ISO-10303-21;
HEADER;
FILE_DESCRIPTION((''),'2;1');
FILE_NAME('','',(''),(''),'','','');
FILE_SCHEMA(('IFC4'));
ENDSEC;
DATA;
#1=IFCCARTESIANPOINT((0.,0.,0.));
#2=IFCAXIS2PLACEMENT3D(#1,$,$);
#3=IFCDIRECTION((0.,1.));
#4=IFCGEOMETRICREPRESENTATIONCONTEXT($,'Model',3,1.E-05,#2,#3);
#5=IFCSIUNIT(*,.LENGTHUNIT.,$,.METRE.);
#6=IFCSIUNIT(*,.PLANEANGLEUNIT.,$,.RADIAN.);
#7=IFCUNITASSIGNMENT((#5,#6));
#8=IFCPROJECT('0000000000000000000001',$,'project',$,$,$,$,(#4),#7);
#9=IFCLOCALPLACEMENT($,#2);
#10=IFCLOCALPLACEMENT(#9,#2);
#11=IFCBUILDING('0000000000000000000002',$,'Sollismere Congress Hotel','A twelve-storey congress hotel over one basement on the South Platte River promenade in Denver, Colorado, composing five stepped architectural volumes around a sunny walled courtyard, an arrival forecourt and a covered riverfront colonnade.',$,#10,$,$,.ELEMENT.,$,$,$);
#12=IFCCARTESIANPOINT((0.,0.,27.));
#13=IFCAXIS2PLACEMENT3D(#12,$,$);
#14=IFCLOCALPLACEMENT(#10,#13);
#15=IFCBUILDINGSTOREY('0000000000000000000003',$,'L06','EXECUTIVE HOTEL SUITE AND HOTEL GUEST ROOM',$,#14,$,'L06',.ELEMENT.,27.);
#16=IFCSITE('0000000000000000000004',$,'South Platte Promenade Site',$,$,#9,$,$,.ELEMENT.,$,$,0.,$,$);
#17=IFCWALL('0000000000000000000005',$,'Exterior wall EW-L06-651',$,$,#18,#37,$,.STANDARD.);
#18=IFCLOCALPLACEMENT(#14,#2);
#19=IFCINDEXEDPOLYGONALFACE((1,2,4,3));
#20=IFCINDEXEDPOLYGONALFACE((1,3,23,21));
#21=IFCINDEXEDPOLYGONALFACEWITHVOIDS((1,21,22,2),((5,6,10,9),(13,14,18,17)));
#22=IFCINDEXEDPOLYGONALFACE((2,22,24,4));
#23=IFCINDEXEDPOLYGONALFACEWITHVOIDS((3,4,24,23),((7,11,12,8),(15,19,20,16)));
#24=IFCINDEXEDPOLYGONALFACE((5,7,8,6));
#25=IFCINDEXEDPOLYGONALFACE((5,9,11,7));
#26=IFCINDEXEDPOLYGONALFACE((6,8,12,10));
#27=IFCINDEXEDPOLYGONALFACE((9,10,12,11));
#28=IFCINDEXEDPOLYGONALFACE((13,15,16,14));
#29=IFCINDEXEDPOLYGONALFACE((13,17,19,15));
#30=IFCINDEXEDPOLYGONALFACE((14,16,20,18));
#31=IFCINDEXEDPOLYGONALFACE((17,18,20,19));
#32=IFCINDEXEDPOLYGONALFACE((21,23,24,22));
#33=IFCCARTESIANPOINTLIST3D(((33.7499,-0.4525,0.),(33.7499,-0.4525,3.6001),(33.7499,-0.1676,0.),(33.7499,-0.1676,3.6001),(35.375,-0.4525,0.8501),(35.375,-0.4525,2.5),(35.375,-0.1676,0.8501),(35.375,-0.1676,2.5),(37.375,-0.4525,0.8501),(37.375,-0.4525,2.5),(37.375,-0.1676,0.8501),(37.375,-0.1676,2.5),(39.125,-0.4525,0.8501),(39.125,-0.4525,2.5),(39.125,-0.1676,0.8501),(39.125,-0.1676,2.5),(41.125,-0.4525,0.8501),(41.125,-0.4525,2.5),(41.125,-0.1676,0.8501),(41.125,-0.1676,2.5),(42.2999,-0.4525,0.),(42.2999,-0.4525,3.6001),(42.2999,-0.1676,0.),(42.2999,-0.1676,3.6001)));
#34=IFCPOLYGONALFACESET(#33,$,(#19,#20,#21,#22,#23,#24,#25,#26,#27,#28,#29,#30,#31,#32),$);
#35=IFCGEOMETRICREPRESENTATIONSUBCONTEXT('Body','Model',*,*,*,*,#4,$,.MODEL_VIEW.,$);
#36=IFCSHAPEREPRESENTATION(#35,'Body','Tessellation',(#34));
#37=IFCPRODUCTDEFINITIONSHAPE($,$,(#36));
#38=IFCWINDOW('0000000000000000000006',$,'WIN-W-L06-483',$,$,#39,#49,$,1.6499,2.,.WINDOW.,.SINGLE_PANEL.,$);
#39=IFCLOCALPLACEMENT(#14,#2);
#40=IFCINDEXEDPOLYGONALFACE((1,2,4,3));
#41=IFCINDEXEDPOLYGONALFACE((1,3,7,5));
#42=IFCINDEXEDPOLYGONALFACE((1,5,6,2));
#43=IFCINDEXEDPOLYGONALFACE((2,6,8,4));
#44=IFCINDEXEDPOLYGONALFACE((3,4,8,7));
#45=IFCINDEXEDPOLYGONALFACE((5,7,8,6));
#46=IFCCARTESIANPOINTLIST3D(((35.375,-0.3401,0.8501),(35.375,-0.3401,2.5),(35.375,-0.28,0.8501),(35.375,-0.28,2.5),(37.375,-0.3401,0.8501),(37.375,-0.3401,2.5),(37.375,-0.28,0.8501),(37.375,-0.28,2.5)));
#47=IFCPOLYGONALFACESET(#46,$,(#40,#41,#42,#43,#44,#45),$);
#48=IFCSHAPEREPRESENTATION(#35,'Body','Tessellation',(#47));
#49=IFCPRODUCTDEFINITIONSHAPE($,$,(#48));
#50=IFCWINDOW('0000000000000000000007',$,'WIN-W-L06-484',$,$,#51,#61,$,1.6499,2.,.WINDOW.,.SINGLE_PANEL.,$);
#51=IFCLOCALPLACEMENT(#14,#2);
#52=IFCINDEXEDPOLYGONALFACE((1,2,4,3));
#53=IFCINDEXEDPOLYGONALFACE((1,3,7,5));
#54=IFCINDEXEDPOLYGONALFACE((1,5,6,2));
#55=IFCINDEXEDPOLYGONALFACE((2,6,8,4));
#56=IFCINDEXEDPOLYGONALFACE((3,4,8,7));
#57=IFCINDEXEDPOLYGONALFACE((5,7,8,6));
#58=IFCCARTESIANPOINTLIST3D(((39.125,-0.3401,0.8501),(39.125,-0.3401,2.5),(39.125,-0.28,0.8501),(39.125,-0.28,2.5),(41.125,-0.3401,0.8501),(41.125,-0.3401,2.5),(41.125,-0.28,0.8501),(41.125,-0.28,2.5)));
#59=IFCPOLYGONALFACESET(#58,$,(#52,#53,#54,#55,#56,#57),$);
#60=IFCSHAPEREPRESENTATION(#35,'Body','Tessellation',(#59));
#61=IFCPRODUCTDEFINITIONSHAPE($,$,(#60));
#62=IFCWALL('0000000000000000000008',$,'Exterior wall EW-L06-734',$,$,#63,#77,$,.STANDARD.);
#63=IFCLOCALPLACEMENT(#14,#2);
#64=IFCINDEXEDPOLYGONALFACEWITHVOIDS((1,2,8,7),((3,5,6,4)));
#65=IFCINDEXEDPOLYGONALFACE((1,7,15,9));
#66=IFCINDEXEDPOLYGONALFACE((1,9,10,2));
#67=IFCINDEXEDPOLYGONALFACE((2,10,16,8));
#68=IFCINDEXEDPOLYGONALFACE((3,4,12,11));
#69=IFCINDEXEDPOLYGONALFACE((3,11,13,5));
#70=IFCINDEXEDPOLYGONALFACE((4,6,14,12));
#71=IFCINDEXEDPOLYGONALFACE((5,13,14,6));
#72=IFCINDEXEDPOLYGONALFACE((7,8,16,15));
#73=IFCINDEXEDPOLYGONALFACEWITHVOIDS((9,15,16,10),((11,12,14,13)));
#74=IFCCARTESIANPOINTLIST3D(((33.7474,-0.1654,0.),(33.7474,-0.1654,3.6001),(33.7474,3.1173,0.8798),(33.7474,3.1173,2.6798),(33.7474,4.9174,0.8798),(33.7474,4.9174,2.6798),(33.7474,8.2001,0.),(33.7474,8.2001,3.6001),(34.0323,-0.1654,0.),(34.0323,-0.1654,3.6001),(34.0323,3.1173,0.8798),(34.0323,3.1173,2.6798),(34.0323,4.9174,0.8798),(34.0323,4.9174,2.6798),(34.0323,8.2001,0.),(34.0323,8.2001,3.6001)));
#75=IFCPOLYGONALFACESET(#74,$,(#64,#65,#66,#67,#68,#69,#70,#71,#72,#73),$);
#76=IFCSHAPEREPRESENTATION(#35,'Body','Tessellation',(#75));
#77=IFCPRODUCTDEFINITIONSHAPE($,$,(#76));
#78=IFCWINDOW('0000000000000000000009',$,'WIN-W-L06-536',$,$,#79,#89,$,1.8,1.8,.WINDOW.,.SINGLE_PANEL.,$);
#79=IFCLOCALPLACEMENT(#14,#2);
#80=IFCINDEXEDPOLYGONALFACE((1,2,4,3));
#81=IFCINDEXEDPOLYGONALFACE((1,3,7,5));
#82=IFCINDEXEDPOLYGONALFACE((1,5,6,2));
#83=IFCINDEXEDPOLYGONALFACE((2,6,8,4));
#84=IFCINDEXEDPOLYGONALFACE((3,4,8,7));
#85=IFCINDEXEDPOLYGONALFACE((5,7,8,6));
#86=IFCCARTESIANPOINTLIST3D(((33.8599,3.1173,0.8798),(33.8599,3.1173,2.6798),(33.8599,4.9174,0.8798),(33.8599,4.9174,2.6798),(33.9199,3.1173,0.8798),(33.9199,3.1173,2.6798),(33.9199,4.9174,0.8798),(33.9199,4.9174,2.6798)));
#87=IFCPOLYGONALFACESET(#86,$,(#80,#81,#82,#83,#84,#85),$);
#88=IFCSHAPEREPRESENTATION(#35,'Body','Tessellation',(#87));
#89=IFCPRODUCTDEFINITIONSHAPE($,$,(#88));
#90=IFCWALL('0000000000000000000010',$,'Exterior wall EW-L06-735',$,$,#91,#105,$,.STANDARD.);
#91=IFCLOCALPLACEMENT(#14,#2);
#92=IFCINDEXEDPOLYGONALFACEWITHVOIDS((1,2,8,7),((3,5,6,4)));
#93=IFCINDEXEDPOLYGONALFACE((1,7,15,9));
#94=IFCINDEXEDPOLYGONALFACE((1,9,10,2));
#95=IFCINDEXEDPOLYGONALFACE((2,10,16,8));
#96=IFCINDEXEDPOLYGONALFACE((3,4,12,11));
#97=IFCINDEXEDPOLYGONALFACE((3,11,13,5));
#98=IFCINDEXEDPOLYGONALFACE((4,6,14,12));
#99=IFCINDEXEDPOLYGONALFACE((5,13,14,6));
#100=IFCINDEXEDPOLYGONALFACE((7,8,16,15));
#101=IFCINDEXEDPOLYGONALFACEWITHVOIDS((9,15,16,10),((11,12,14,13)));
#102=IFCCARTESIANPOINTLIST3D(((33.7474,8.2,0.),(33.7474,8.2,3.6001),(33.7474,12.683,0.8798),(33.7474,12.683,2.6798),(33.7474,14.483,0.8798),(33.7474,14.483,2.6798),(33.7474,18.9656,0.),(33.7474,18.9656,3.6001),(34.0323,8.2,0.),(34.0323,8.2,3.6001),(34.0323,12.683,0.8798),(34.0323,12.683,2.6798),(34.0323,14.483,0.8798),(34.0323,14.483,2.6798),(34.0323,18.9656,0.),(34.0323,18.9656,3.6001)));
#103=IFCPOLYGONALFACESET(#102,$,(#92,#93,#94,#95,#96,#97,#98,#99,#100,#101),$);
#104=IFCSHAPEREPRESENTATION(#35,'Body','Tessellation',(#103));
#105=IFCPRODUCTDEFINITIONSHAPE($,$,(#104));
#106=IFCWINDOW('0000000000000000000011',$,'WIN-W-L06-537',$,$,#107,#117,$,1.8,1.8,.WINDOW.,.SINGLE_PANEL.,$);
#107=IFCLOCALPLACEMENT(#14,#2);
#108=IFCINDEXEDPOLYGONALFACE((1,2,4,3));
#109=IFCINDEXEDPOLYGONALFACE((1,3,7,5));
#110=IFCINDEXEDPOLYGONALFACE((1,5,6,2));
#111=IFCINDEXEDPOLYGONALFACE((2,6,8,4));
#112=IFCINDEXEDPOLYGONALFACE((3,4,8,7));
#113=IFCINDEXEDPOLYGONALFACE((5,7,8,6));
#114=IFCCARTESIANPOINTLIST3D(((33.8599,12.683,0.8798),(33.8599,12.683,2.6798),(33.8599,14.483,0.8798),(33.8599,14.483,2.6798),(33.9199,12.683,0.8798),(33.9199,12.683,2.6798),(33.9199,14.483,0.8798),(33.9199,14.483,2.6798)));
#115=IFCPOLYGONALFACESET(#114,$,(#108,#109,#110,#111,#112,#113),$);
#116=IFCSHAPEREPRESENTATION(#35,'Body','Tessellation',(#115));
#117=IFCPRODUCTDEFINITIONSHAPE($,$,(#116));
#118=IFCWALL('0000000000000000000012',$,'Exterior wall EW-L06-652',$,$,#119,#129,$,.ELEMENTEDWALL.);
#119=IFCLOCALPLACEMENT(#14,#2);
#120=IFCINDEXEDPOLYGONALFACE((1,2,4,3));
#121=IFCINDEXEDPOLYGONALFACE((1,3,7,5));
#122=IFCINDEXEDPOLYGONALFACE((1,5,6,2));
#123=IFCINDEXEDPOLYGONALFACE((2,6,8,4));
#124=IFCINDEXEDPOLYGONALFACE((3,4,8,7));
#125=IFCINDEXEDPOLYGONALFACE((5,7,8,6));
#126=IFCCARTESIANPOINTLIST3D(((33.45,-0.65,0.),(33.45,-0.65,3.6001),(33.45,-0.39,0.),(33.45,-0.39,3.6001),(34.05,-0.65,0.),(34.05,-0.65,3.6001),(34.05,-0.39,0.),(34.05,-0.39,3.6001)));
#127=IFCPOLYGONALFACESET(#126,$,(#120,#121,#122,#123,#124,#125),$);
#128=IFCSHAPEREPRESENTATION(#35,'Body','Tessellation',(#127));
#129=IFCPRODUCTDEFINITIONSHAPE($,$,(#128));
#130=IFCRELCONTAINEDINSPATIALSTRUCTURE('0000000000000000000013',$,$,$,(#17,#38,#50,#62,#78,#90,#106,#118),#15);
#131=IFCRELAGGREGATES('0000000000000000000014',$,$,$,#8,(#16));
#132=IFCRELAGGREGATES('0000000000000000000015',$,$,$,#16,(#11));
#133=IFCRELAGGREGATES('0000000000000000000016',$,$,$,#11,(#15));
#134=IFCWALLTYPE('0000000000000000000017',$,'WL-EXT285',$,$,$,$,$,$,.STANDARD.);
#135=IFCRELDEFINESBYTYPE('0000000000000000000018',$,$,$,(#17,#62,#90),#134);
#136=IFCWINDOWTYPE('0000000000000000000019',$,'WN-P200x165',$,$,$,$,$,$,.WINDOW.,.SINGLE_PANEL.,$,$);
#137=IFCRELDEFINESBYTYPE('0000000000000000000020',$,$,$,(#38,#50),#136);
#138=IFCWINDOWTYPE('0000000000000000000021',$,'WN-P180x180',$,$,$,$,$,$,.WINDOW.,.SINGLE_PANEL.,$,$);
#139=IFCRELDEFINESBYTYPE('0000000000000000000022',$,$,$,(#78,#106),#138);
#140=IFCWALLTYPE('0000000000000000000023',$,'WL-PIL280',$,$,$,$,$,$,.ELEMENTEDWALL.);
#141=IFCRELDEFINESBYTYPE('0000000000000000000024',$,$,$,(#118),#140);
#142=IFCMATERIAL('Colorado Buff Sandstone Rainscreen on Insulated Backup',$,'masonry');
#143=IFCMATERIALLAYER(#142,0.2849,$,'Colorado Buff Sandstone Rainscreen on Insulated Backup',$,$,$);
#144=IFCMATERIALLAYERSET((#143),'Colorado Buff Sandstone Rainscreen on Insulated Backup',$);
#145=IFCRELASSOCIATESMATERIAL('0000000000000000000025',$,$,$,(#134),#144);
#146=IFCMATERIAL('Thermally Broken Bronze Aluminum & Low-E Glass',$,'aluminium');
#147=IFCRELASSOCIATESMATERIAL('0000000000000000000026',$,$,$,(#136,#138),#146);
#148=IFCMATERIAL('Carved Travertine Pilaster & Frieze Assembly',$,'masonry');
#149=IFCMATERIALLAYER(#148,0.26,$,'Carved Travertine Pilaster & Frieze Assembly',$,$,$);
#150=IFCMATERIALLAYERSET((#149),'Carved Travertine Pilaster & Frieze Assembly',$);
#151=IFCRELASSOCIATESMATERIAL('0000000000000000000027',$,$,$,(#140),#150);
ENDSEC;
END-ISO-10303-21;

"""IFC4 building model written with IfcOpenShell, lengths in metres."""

from ifc_helpers import new_model, si_unit, direction, frame, frame_2d, origin, place, context, subcontext, project, spatial, rectangle, extrude, material, layer, layer_set, type_object, element, fill, save


model = new_model("IFC4")

# Units and contexts
model_context = context("Model", 3, precision=1e-05, world=origin(), true_north=direction((0.0, 1.0)))
body_context = subcontext(model_context, "Body", "Model", "MODEL_VIEW")
ifc_project = project(units=[si_unit("LENGTHUNIT", "METRE"), si_unit("PLANEANGLEUNIT", "RADIAN")], contexts=[model_context])

# Site, building, storey
site_placement = place(None, origin())
site = spatial("IfcSite", under=ifc_project, at=site_placement, Name="South Platte Promenade Site", CompositionType="ELEMENT", RefElevation=0.0)
building_placement = place(site_placement, origin())
building = spatial("IfcBuilding", under=site, at=building_placement, Name="Sollismere Congress Hotel", Description="A twelve-storey congress hotel over one basement on the South Platte River promenade in Denver, Colorado, composing five stepped architectural volumes around a sunny walled courtyard, an arrival forecourt and a covered riverfront colonnade.", CompositionType="ELEMENT")
storey_placement = place(building_placement, frame((0.0, 0.0, 27.0)))
storey = spatial("IfcBuildingStorey", under=building, at=storey_placement, Name="L06", Description="EXECUTIVE HOTEL SUITE AND HOTEL GUEST ROOM", LongName="L06", CompositionType="ELEMENT", Elevation=27.0)

# Shared definitions
ifc_material_1 = material(Name="Thermally Broken Bronze Aluminum & Low-E Glass", Category="aluminium")

# Wall, openings, windows
ifc_material_2 = material(Name="Colorado Buff Sandstone Rainscreen on Insulated Backup", Category="masonry")
ifc_layer_1 = layer(ifc_material_2, 0.2849, Name="Colorado Buff Sandstone Rainscreen on Insulated Backup")
ifc_layer_set_1 = layer_set([ifc_layer_1], Name="Colorado Buff Sandstone Rainscreen on Insulated Backup")
wall_type_1 = type_object("IfcWallType", Name="WL-EXT285", PredefinedType="STANDARD", material=ifc_layer_set_1)
wall_1_placement = place(storey_placement, frame((33.75, -0.3101, 0.0), z_axis=(0.0, 0.0, 1.0), x_axis=(1.0, 0.0, 0.0)))
wall_1 = element("IfcWall", 1, at=wall_1_placement, inside=storey, type_object=wall_type_1, Name="Exterior wall EW-L06-651", PredefinedType="STANDARD", context=body_context, shape_type="SweptSolid", body=[
    extrude(rectangle(XDim=8.55, YDim=0.2849, at=frame_2d((4.2749, 0.0))), origin(), (0.0, 0.0, 1.0), 3.6001),
])
opening_1_placement = place(wall_1_placement, frame((1.625, 0.0, 0.8501)))
opening_1 = element("IfcOpeningElement", 2, at=opening_1_placement, cuts=wall_1, PredefinedType="OPENING", context=body_context, shape_type="SweptSolid", body=[
    extrude(rectangle(XDim=2.0, YDim=1.6499, at=frame_2d((1.0, 0.825))), frame((0.0, 0.1523, 0.0), z_axis=(0.0, -1.0, 0.0), x_axis=(1.0, 0.0, 0.0)), (0.0, 0.0, 1.0), 0.3049),
])
opening_2_placement = place(wall_1_placement, frame((5.375, 0.0, 0.8501)))
opening_2 = element("IfcOpeningElement", 3, at=opening_2_placement, cuts=wall_1, PredefinedType="OPENING", context=body_context, shape_type="SweptSolid", body=[
    extrude(rectangle(XDim=2.0, YDim=1.6499, at=frame_2d((1.0, 0.825))), frame((0.0, 0.1523, 0.0), z_axis=(0.0, -1.0, 0.0), x_axis=(1.0, 0.0, 0.0)), (0.0, 0.0, 1.0), 0.3049),
])
window_type_1 = type_object("IfcWindowType", Name="WN-P200x165", PartitioningType="SINGLE_PANEL", PredefinedType="WINDOW", material=ifc_material_1)
window_1_placement = place(opening_1_placement, origin())
window_1 = element("IfcWindow", 4, at=window_1_placement, inside=storey, type_object=window_type_1, Name="WIN-W-L06-483", OverallHeight=1.6499, OverallWidth=2.0, PartitioningType="SINGLE_PANEL", PredefinedType="WINDOW", context=body_context, shape_type="SweptSolid", body=[
    extrude(rectangle(XDim=2.0, YDim=1.6499, at=frame_2d((1.0, 0.825))), frame((0.0, 0.03, 0.0), z_axis=(0.0, -1.0, 0.0), x_axis=(1.0, 0.0, 0.0)), (0.0, 0.0, 1.0), 0.0601),
])
fill(opening_1, window_1)
window_2_placement = place(opening_2_placement, origin())
window_2 = element("IfcWindow", 5, at=window_2_placement, inside=storey, type_object=window_type_1, Name="WIN-W-L06-484", OverallHeight=1.6499, OverallWidth=2.0, PartitioningType="SINGLE_PANEL", PredefinedType="WINDOW", context=body_context, shape_type="SweptSolid", body=[
    extrude(rectangle(XDim=2.0, YDim=1.6499, at=frame_2d((1.0, 0.825))), frame((0.0, 0.03, 0.0), z_axis=(0.0, -1.0, 0.0), x_axis=(1.0, 0.0, 0.0)), (0.0, 0.0, 1.0), 0.0601),
])
fill(opening_2, window_2)

# Walls, openings, windows
wall_2_placement = place(storey_placement, frame((33.8899, 8.2, 0.0), z_axis=(0.0, 0.0, 1.0), x_axis=(0.0, -1.0, 0.0)))
wall_2 = element("IfcWall", 6, at=wall_2_placement, inside=storey, type_object=wall_type_1, Name="Exterior wall EW-L06-734", PredefinedType="STANDARD", context=body_context, shape_type="SweptSolid", body=[
    extrude(rectangle(XDim=8.3655, YDim=0.2849, at=frame_2d((4.1826, 0.0))), origin(), (0.0, 0.0, 1.0), 3.6001),
])
opening_3_placement = place(wall_2_placement, frame((3.2827, 0.0, 0.8799)))
opening_3 = element("IfcOpeningElement", 7, at=opening_3_placement, cuts=wall_2, PredefinedType="OPENING", context=body_context, shape_type="SweptSolid", body=[
    extrude(rectangle(XDim=1.8, YDim=1.8, at=frame_2d((0.8999, 0.8999))), frame((0.0, 0.1523, 0.0), z_axis=(0.0, -1.0, 0.0), x_axis=(1.0, 0.0, 0.0)), (0.0, 0.0, 1.0), 0.3049),
])
window_type_2 = type_object("IfcWindowType", Name="WN-P180x180", PartitioningType="SINGLE_PANEL", PredefinedType="WINDOW", material=ifc_material_1)
window_3_placement = place(opening_3_placement, origin())
window_3 = element("IfcWindow", 8, at=window_3_placement, inside=storey, type_object=window_type_2, Name="WIN-W-L06-536", OverallHeight=1.8, OverallWidth=1.8, PartitioningType="SINGLE_PANEL", PredefinedType="WINDOW", context=body_context, shape_type="SweptSolid", body=[
    extrude(rectangle(XDim=1.8, YDim=1.8, at=frame_2d((0.8999, 0.8999))), frame((0.0, 0.03, 0.0), z_axis=(0.0, -1.0, 0.0), x_axis=(1.0, 0.0, 0.0)), (0.0, 0.0, 1.0), 0.0601),
])
fill(opening_3, window_3)
wall_3_placement = place(storey_placement, frame((33.8899, 18.9656, 0.0), z_axis=(0.0, 0.0, 1.0), x_axis=(0.0, -1.0, 0.0)))
wall_3 = element("IfcWall", 9, at=wall_3_placement, inside=storey, type_object=wall_type_1, Name="Exterior wall EW-L06-735", PredefinedType="STANDARD", context=body_context, shape_type="SweptSolid", body=[
    extrude(rectangle(XDim=10.7656, YDim=0.2849, at=frame_2d((5.3828, 0.0))), origin(), (0.0, 0.0, 1.0), 3.6001),
])
opening_4_placement = place(wall_3_placement, frame((4.4827, 0.0, 0.8799)))
opening_4 = element("IfcOpeningElement", 10, at=opening_4_placement, cuts=wall_3, PredefinedType="OPENING", context=body_context, shape_type="SweptSolid", body=[
    extrude(rectangle(XDim=1.8, YDim=1.8, at=frame_2d((0.8999, 0.8999))), frame((0.0, 0.1523, 0.0), z_axis=(0.0, -1.0, 0.0), x_axis=(1.0, 0.0, 0.0)), (0.0, 0.0, 1.0), 0.3049),
])
window_4_placement = place(opening_4_placement, origin())
window_4 = element("IfcWindow", 11, at=window_4_placement, inside=storey, type_object=window_type_2, Name="WIN-W-L06-537", OverallHeight=1.8, OverallWidth=1.8, PartitioningType="SINGLE_PANEL", PredefinedType="WINDOW", context=body_context, shape_type="SweptSolid", body=[
    extrude(rectangle(XDim=1.8, YDim=1.8, at=frame_2d((0.8999, 0.8999))), frame((0.0, 0.03, 0.0), z_axis=(0.0, -1.0, 0.0), x_axis=(1.0, 0.0, 0.0)), (0.0, 0.0, 1.0), 0.0601),
])
fill(opening_4, window_4)

# Wall
ifc_material_3 = material(Name="Carved Travertine Pilaster & Frieze Assembly", Category="masonry")
ifc_layer_2 = layer(ifc_material_3, 0.26, Name="Carved Travertine Pilaster & Frieze Assembly")
ifc_layer_set_2 = layer_set([ifc_layer_2], Name="Carved Travertine Pilaster & Frieze Assembly")
wall_type_2 = type_object("IfcWallType", Name="WL-PIL280", PredefinedType="ELEMENTEDWALL", material=ifc_layer_set_2)
wall_4_placement = place(storey_placement, frame((33.45, -0.52, 0.0), z_axis=(0.0, 0.0, 1.0), x_axis=(1.0, 0.0, 0.0)))
element("IfcWall", 12, at=wall_4_placement, inside=storey, type_object=wall_type_2, Name="Exterior wall EW-L06-652", PredefinedType="ELEMENTEDWALL", context=body_context, shape_type="SweptSolid", body=[
    extrude(rectangle(XDim=0.6001, YDim=0.26, at=frame_2d((0.3, 0.0))), origin(), (0.0, 0.0, 1.0), 3.6001),
])

save(model, "model.ifc")
